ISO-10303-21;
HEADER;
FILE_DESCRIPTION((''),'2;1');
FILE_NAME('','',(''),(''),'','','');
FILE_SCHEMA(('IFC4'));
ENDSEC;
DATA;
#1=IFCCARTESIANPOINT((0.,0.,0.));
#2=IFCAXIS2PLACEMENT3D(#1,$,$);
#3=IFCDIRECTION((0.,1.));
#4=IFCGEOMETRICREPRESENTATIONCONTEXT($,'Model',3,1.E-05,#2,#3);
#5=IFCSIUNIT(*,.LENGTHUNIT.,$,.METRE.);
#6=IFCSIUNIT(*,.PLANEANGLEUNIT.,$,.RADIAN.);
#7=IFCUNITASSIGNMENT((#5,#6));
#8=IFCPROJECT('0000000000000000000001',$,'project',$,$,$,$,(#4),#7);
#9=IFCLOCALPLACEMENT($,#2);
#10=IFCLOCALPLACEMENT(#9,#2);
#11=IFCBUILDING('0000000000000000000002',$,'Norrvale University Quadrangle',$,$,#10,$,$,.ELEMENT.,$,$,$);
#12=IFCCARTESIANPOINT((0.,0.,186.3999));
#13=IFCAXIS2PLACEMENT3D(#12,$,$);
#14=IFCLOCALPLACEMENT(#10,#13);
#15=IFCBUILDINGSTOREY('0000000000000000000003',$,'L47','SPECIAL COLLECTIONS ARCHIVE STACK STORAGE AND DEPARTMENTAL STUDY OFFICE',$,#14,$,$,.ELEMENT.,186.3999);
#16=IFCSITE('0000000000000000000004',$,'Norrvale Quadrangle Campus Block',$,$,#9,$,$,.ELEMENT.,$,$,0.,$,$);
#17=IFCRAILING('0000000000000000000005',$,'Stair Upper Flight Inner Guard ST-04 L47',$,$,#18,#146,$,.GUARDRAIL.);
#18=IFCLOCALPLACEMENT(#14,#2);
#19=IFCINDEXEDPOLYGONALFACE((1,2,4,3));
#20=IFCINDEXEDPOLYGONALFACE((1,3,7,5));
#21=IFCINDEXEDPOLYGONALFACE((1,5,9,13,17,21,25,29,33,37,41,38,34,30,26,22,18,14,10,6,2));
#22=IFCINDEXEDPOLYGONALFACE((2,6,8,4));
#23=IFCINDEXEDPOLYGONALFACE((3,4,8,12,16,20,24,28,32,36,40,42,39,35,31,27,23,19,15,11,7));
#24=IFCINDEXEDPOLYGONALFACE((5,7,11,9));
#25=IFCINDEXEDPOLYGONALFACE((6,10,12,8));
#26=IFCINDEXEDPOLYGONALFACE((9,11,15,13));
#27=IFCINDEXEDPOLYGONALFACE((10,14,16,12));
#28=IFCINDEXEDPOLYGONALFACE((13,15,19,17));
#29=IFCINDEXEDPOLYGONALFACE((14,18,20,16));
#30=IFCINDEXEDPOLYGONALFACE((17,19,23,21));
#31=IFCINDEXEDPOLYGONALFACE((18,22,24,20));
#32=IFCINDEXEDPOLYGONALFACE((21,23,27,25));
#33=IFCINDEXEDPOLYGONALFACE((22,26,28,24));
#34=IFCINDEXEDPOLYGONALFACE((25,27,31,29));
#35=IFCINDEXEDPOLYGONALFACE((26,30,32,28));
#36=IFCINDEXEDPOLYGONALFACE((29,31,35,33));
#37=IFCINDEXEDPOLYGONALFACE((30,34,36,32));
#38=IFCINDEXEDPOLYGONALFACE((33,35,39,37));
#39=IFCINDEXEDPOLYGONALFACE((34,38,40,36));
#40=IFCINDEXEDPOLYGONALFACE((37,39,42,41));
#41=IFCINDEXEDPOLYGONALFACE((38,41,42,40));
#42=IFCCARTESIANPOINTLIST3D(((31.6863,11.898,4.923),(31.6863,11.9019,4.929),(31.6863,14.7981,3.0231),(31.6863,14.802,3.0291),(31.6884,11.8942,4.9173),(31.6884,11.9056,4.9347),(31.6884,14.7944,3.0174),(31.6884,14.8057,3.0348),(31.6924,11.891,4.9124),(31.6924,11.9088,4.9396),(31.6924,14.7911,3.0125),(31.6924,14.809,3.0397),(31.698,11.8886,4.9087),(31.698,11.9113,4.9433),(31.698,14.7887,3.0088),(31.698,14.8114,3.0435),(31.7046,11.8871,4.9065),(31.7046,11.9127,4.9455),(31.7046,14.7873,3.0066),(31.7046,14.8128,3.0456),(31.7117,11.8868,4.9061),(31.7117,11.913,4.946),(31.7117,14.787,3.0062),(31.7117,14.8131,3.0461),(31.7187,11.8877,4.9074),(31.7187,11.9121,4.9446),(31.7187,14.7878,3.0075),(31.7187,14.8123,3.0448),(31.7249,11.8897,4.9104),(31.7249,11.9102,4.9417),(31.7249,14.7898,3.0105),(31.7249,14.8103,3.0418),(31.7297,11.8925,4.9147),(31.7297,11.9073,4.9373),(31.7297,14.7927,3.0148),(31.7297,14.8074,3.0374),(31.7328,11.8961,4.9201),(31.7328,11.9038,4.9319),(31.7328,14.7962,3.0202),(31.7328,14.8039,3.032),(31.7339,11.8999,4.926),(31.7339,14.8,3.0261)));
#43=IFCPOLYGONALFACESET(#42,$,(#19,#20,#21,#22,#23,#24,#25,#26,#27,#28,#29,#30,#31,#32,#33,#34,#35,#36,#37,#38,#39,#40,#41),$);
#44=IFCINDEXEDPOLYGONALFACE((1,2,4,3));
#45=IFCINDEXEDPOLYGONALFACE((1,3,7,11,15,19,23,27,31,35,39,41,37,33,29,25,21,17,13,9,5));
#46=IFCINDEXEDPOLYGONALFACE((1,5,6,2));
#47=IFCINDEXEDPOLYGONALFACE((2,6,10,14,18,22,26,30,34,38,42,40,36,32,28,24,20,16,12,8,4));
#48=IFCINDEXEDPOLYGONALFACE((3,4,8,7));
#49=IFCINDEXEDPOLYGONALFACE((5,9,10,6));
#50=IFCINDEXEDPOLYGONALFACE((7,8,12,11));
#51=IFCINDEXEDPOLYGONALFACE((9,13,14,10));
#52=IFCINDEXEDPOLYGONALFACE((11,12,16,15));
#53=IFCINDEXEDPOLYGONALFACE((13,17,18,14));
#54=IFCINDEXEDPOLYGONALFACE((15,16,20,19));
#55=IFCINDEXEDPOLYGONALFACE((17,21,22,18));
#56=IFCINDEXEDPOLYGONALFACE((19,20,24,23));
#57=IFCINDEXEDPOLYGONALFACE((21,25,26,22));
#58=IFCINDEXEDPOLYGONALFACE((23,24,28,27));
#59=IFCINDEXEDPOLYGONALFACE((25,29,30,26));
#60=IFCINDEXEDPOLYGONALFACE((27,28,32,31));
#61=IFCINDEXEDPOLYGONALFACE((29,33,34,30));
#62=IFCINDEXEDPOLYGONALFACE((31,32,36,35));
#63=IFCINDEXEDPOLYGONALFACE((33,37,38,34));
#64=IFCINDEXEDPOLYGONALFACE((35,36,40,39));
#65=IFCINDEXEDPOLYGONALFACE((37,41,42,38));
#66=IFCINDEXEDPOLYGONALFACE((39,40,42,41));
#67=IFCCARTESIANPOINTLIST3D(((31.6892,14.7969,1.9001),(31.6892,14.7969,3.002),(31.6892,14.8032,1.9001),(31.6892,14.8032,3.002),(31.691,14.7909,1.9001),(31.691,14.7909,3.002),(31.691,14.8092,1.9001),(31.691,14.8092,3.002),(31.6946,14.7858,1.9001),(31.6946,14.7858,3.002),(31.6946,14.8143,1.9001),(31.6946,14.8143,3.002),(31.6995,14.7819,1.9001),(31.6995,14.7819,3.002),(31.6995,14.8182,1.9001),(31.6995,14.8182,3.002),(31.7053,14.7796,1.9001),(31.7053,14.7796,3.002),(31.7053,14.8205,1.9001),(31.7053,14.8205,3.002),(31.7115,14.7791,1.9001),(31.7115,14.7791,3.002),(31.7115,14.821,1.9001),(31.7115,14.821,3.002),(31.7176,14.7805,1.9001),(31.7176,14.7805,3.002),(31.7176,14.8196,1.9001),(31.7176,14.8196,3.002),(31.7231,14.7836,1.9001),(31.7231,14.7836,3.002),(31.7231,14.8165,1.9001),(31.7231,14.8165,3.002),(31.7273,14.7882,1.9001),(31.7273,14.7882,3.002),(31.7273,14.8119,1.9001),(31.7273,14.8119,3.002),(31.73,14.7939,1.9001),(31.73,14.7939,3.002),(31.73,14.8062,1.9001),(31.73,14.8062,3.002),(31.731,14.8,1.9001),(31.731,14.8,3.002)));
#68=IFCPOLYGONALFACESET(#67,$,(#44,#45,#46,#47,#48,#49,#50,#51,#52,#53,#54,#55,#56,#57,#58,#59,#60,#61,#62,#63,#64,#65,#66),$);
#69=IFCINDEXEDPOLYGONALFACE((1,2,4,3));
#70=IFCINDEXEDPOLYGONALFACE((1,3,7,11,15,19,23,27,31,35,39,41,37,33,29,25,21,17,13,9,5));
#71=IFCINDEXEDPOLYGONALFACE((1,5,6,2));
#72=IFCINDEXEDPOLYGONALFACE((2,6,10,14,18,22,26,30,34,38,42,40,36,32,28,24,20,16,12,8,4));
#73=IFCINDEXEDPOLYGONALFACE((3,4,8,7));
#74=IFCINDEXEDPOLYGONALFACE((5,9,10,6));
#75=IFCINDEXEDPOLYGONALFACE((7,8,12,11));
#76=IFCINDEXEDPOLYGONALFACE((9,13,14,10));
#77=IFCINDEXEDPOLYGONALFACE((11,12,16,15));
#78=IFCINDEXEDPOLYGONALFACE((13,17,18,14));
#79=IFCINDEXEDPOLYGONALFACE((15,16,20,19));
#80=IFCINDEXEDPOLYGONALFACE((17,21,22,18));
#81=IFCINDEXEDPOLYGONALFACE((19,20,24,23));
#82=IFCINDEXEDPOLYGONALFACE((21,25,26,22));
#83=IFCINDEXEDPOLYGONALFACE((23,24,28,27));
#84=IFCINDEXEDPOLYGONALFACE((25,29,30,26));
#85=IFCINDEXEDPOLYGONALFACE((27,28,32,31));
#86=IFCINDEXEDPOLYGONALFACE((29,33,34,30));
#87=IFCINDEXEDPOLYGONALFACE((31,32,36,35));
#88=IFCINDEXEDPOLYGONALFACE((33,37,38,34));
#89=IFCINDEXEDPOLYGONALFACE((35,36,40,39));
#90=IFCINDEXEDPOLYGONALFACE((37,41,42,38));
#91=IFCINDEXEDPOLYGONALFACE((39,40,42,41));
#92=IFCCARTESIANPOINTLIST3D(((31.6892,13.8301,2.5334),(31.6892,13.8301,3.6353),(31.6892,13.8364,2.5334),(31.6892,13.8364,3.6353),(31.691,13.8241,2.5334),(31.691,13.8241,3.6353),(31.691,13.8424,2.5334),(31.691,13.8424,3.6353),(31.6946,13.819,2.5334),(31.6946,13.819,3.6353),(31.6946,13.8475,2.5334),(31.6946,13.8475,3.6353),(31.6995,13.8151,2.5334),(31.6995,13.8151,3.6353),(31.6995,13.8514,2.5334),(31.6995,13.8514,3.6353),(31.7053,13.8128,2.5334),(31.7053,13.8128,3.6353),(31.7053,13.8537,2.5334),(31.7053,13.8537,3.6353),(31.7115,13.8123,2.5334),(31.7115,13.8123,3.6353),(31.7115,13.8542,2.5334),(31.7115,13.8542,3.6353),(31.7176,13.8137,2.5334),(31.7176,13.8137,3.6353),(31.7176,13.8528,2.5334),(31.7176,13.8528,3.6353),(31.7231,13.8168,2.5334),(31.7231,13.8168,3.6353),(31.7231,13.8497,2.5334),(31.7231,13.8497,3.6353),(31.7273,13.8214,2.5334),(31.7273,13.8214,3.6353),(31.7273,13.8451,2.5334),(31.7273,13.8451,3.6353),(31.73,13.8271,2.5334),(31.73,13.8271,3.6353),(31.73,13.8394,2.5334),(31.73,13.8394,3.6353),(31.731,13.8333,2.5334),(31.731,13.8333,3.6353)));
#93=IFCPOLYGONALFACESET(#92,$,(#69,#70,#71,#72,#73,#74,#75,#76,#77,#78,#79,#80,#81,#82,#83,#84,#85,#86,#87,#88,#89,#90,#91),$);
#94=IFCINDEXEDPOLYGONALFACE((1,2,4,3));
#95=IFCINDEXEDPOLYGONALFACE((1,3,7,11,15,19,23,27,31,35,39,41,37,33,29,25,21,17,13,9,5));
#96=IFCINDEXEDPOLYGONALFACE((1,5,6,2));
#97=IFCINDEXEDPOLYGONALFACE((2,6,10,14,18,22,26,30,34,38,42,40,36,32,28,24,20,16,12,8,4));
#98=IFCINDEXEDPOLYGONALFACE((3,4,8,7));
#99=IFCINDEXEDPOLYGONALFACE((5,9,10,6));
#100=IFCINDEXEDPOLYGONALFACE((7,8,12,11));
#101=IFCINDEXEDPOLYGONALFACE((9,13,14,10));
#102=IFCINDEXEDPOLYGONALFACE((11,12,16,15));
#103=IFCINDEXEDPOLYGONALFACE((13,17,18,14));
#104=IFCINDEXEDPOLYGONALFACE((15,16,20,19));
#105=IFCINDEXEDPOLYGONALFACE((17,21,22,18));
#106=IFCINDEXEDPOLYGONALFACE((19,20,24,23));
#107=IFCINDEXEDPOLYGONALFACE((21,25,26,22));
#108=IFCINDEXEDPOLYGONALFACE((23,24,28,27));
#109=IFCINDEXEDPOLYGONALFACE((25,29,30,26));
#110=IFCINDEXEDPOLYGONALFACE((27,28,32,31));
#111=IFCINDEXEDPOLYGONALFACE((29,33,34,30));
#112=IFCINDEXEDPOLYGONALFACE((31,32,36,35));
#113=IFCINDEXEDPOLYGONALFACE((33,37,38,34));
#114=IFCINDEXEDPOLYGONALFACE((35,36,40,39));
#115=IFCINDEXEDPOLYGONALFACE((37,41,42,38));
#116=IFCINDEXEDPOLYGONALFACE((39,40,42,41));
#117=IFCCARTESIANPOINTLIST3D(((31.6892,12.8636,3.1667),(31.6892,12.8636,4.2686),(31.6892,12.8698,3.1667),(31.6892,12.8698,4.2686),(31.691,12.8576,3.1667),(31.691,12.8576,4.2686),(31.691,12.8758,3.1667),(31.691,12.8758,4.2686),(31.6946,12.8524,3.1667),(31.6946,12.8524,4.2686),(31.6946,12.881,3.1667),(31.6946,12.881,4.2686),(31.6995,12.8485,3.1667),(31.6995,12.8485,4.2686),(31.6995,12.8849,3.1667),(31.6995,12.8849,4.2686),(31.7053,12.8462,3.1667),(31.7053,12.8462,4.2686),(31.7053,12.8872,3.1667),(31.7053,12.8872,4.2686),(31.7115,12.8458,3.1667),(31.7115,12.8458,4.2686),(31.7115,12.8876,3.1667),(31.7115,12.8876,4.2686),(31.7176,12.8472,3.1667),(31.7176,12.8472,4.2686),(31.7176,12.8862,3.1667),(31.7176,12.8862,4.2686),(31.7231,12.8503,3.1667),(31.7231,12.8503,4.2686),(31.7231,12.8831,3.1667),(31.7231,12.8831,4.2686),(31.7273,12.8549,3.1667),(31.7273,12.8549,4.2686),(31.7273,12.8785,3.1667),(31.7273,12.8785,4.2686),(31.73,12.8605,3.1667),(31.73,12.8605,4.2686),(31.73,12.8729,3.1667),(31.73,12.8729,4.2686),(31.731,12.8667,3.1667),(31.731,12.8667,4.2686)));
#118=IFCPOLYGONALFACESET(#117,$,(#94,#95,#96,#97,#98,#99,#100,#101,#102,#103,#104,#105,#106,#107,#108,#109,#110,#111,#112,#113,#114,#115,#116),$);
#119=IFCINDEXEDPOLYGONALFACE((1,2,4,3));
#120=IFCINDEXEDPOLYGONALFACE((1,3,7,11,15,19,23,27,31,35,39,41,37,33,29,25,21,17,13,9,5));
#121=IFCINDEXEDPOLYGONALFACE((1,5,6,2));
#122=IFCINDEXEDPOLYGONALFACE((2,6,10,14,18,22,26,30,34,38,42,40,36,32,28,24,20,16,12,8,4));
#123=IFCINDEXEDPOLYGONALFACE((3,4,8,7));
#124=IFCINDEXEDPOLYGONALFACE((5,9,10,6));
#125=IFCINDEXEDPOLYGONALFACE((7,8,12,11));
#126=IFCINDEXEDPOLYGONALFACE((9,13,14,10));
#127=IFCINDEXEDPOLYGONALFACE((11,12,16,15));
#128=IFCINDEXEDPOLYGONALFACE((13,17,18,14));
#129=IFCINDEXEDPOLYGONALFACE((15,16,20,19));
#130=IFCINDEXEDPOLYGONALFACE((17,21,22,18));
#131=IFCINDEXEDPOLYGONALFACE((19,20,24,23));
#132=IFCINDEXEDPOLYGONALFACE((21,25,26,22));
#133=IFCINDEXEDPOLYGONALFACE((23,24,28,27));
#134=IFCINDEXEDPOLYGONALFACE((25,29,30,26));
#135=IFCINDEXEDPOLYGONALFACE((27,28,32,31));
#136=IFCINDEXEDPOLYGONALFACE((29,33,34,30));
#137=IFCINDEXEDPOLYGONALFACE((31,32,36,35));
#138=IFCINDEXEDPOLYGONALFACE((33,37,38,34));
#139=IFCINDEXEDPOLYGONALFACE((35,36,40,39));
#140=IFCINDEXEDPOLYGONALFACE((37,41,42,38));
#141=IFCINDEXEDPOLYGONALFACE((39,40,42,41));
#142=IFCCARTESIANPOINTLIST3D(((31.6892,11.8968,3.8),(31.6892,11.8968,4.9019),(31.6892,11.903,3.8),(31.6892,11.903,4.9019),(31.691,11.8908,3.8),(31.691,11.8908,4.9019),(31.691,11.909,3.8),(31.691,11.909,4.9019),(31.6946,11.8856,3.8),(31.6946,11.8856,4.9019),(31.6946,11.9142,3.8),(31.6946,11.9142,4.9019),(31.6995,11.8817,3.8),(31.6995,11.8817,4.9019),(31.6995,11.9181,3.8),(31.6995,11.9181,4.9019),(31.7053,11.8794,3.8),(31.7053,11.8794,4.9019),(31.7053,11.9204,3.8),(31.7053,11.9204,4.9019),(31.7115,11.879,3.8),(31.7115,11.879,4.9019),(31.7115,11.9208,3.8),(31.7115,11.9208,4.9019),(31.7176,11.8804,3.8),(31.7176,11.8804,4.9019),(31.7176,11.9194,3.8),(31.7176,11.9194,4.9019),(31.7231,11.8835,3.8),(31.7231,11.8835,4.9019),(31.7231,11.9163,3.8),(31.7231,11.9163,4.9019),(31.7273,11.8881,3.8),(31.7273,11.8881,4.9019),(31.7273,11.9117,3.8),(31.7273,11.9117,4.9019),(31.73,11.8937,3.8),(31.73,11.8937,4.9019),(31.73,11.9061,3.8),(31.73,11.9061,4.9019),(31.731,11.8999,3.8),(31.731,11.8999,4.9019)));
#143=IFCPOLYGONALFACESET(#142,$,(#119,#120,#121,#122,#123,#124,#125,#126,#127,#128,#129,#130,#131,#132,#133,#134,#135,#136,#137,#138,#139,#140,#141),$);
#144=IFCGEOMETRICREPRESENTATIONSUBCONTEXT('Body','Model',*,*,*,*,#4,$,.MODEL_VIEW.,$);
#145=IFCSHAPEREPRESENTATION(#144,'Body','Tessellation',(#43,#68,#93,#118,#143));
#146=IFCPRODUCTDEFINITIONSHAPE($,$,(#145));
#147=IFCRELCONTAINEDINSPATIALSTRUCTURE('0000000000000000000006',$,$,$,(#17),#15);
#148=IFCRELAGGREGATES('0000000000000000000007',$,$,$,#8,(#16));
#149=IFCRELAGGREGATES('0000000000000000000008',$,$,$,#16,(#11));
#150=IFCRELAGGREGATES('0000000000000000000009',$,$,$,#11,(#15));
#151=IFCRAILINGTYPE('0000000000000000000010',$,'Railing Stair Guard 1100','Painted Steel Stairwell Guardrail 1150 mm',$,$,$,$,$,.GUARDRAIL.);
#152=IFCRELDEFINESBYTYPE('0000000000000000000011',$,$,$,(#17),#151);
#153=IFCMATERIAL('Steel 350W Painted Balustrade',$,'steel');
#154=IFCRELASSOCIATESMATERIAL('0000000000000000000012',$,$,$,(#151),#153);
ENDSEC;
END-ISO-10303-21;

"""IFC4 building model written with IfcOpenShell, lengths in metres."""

from ifc_helpers import new_model, si_unit, direction, frame, origin, origin_2d, place, context, subcontext, project, spatial, circle, extrude, material, type_object, element, save


model = new_model("IFC4")

# Units and contexts
model_context = context("Model", 3, precision=1e-05, world=origin(), true_north=direction((0.0, 1.0)))
body_context = subcontext(model_context, "Body", "Model", "MODEL_VIEW")
ifc_project = project(units=[si_unit("LENGTHUNIT", "METRE"), si_unit("PLANEANGLEUNIT", "RADIAN")], contexts=[model_context])

# Site, building, storey
site_placement = place(None, origin())
site = spatial("IfcSite", under=ifc_project, at=site_placement, Name="Norrvale Quadrangle Campus Block", CompositionType="ELEMENT", RefElevation=0.0)
building_placement = place(site_placement, origin())
building = spatial("IfcBuilding", under=site, at=building_placement, Name="Norrvale University Quadrangle", CompositionType="ELEMENT")
storey_placement = place(building_placement, frame((0.0, 0.0, 186.3999)))
storey = spatial("IfcBuildingStorey", under=building, at=storey_placement, Name="L47", Description="SPECIAL COLLECTIONS ARCHIVE STACK STORAGE AND DEPARTMENTAL STUDY OFFICE", CompositionType="ELEMENT", Elevation=186.3999)

# Railing
ifc_material_1 = material(Name="Steel 350W Painted Balustrade", Category="steel")
railing_type_1 = type_object("IfcRailingType", Name="Railing Stair Guard 1100", Description="Painted Steel Stairwell Guardrail 1150 mm", PredefinedType="GUARDRAIL", material=ifc_material_1)
railing_1_placement = place(storey_placement, frame((31.71, 14.8, 1.9001)))
element("IfcRailing", 1, at=railing_1_placement, inside=storey, type_object=railing_type_1, Name="Stair Upper Flight Inner Guard ST-04 L47", PredefinedType="GUARDRAIL", context=body_context, shape_type="SweptSolid", body=[
    extrude(circle(Radius=0.0239, at=origin_2d()), frame((0.0, 0.0, 1.126), z_axis=(0.0, -0.836487, 0.547987), x_axis=(1.0, 0.0, 0.0)), (0.0, 0.0, 1.0), 3.467),
    extrude(circle(Radius=0.021, at=origin_2d()), origin(), (0.0, 0.0, 1.0), 1.1018),
    extrude(circle(Radius=0.021, at=origin_2d()), frame((0.0, -0.9668, 0.6333)), (0.0, 0.0, 1.0), 1.1018),
    extrude(circle(Radius=0.021, at=origin_2d()), frame((0.0, -1.9333, 1.2666)), (0.0, 0.0, 1.0), 1.1018),
    extrude(circle(Radius=0.021, at=origin_2d()), frame((0.0, -2.9001, 1.8999)), (0.0, 0.0, 1.0), 1.1018),
])

save(model, "model.ifc")
